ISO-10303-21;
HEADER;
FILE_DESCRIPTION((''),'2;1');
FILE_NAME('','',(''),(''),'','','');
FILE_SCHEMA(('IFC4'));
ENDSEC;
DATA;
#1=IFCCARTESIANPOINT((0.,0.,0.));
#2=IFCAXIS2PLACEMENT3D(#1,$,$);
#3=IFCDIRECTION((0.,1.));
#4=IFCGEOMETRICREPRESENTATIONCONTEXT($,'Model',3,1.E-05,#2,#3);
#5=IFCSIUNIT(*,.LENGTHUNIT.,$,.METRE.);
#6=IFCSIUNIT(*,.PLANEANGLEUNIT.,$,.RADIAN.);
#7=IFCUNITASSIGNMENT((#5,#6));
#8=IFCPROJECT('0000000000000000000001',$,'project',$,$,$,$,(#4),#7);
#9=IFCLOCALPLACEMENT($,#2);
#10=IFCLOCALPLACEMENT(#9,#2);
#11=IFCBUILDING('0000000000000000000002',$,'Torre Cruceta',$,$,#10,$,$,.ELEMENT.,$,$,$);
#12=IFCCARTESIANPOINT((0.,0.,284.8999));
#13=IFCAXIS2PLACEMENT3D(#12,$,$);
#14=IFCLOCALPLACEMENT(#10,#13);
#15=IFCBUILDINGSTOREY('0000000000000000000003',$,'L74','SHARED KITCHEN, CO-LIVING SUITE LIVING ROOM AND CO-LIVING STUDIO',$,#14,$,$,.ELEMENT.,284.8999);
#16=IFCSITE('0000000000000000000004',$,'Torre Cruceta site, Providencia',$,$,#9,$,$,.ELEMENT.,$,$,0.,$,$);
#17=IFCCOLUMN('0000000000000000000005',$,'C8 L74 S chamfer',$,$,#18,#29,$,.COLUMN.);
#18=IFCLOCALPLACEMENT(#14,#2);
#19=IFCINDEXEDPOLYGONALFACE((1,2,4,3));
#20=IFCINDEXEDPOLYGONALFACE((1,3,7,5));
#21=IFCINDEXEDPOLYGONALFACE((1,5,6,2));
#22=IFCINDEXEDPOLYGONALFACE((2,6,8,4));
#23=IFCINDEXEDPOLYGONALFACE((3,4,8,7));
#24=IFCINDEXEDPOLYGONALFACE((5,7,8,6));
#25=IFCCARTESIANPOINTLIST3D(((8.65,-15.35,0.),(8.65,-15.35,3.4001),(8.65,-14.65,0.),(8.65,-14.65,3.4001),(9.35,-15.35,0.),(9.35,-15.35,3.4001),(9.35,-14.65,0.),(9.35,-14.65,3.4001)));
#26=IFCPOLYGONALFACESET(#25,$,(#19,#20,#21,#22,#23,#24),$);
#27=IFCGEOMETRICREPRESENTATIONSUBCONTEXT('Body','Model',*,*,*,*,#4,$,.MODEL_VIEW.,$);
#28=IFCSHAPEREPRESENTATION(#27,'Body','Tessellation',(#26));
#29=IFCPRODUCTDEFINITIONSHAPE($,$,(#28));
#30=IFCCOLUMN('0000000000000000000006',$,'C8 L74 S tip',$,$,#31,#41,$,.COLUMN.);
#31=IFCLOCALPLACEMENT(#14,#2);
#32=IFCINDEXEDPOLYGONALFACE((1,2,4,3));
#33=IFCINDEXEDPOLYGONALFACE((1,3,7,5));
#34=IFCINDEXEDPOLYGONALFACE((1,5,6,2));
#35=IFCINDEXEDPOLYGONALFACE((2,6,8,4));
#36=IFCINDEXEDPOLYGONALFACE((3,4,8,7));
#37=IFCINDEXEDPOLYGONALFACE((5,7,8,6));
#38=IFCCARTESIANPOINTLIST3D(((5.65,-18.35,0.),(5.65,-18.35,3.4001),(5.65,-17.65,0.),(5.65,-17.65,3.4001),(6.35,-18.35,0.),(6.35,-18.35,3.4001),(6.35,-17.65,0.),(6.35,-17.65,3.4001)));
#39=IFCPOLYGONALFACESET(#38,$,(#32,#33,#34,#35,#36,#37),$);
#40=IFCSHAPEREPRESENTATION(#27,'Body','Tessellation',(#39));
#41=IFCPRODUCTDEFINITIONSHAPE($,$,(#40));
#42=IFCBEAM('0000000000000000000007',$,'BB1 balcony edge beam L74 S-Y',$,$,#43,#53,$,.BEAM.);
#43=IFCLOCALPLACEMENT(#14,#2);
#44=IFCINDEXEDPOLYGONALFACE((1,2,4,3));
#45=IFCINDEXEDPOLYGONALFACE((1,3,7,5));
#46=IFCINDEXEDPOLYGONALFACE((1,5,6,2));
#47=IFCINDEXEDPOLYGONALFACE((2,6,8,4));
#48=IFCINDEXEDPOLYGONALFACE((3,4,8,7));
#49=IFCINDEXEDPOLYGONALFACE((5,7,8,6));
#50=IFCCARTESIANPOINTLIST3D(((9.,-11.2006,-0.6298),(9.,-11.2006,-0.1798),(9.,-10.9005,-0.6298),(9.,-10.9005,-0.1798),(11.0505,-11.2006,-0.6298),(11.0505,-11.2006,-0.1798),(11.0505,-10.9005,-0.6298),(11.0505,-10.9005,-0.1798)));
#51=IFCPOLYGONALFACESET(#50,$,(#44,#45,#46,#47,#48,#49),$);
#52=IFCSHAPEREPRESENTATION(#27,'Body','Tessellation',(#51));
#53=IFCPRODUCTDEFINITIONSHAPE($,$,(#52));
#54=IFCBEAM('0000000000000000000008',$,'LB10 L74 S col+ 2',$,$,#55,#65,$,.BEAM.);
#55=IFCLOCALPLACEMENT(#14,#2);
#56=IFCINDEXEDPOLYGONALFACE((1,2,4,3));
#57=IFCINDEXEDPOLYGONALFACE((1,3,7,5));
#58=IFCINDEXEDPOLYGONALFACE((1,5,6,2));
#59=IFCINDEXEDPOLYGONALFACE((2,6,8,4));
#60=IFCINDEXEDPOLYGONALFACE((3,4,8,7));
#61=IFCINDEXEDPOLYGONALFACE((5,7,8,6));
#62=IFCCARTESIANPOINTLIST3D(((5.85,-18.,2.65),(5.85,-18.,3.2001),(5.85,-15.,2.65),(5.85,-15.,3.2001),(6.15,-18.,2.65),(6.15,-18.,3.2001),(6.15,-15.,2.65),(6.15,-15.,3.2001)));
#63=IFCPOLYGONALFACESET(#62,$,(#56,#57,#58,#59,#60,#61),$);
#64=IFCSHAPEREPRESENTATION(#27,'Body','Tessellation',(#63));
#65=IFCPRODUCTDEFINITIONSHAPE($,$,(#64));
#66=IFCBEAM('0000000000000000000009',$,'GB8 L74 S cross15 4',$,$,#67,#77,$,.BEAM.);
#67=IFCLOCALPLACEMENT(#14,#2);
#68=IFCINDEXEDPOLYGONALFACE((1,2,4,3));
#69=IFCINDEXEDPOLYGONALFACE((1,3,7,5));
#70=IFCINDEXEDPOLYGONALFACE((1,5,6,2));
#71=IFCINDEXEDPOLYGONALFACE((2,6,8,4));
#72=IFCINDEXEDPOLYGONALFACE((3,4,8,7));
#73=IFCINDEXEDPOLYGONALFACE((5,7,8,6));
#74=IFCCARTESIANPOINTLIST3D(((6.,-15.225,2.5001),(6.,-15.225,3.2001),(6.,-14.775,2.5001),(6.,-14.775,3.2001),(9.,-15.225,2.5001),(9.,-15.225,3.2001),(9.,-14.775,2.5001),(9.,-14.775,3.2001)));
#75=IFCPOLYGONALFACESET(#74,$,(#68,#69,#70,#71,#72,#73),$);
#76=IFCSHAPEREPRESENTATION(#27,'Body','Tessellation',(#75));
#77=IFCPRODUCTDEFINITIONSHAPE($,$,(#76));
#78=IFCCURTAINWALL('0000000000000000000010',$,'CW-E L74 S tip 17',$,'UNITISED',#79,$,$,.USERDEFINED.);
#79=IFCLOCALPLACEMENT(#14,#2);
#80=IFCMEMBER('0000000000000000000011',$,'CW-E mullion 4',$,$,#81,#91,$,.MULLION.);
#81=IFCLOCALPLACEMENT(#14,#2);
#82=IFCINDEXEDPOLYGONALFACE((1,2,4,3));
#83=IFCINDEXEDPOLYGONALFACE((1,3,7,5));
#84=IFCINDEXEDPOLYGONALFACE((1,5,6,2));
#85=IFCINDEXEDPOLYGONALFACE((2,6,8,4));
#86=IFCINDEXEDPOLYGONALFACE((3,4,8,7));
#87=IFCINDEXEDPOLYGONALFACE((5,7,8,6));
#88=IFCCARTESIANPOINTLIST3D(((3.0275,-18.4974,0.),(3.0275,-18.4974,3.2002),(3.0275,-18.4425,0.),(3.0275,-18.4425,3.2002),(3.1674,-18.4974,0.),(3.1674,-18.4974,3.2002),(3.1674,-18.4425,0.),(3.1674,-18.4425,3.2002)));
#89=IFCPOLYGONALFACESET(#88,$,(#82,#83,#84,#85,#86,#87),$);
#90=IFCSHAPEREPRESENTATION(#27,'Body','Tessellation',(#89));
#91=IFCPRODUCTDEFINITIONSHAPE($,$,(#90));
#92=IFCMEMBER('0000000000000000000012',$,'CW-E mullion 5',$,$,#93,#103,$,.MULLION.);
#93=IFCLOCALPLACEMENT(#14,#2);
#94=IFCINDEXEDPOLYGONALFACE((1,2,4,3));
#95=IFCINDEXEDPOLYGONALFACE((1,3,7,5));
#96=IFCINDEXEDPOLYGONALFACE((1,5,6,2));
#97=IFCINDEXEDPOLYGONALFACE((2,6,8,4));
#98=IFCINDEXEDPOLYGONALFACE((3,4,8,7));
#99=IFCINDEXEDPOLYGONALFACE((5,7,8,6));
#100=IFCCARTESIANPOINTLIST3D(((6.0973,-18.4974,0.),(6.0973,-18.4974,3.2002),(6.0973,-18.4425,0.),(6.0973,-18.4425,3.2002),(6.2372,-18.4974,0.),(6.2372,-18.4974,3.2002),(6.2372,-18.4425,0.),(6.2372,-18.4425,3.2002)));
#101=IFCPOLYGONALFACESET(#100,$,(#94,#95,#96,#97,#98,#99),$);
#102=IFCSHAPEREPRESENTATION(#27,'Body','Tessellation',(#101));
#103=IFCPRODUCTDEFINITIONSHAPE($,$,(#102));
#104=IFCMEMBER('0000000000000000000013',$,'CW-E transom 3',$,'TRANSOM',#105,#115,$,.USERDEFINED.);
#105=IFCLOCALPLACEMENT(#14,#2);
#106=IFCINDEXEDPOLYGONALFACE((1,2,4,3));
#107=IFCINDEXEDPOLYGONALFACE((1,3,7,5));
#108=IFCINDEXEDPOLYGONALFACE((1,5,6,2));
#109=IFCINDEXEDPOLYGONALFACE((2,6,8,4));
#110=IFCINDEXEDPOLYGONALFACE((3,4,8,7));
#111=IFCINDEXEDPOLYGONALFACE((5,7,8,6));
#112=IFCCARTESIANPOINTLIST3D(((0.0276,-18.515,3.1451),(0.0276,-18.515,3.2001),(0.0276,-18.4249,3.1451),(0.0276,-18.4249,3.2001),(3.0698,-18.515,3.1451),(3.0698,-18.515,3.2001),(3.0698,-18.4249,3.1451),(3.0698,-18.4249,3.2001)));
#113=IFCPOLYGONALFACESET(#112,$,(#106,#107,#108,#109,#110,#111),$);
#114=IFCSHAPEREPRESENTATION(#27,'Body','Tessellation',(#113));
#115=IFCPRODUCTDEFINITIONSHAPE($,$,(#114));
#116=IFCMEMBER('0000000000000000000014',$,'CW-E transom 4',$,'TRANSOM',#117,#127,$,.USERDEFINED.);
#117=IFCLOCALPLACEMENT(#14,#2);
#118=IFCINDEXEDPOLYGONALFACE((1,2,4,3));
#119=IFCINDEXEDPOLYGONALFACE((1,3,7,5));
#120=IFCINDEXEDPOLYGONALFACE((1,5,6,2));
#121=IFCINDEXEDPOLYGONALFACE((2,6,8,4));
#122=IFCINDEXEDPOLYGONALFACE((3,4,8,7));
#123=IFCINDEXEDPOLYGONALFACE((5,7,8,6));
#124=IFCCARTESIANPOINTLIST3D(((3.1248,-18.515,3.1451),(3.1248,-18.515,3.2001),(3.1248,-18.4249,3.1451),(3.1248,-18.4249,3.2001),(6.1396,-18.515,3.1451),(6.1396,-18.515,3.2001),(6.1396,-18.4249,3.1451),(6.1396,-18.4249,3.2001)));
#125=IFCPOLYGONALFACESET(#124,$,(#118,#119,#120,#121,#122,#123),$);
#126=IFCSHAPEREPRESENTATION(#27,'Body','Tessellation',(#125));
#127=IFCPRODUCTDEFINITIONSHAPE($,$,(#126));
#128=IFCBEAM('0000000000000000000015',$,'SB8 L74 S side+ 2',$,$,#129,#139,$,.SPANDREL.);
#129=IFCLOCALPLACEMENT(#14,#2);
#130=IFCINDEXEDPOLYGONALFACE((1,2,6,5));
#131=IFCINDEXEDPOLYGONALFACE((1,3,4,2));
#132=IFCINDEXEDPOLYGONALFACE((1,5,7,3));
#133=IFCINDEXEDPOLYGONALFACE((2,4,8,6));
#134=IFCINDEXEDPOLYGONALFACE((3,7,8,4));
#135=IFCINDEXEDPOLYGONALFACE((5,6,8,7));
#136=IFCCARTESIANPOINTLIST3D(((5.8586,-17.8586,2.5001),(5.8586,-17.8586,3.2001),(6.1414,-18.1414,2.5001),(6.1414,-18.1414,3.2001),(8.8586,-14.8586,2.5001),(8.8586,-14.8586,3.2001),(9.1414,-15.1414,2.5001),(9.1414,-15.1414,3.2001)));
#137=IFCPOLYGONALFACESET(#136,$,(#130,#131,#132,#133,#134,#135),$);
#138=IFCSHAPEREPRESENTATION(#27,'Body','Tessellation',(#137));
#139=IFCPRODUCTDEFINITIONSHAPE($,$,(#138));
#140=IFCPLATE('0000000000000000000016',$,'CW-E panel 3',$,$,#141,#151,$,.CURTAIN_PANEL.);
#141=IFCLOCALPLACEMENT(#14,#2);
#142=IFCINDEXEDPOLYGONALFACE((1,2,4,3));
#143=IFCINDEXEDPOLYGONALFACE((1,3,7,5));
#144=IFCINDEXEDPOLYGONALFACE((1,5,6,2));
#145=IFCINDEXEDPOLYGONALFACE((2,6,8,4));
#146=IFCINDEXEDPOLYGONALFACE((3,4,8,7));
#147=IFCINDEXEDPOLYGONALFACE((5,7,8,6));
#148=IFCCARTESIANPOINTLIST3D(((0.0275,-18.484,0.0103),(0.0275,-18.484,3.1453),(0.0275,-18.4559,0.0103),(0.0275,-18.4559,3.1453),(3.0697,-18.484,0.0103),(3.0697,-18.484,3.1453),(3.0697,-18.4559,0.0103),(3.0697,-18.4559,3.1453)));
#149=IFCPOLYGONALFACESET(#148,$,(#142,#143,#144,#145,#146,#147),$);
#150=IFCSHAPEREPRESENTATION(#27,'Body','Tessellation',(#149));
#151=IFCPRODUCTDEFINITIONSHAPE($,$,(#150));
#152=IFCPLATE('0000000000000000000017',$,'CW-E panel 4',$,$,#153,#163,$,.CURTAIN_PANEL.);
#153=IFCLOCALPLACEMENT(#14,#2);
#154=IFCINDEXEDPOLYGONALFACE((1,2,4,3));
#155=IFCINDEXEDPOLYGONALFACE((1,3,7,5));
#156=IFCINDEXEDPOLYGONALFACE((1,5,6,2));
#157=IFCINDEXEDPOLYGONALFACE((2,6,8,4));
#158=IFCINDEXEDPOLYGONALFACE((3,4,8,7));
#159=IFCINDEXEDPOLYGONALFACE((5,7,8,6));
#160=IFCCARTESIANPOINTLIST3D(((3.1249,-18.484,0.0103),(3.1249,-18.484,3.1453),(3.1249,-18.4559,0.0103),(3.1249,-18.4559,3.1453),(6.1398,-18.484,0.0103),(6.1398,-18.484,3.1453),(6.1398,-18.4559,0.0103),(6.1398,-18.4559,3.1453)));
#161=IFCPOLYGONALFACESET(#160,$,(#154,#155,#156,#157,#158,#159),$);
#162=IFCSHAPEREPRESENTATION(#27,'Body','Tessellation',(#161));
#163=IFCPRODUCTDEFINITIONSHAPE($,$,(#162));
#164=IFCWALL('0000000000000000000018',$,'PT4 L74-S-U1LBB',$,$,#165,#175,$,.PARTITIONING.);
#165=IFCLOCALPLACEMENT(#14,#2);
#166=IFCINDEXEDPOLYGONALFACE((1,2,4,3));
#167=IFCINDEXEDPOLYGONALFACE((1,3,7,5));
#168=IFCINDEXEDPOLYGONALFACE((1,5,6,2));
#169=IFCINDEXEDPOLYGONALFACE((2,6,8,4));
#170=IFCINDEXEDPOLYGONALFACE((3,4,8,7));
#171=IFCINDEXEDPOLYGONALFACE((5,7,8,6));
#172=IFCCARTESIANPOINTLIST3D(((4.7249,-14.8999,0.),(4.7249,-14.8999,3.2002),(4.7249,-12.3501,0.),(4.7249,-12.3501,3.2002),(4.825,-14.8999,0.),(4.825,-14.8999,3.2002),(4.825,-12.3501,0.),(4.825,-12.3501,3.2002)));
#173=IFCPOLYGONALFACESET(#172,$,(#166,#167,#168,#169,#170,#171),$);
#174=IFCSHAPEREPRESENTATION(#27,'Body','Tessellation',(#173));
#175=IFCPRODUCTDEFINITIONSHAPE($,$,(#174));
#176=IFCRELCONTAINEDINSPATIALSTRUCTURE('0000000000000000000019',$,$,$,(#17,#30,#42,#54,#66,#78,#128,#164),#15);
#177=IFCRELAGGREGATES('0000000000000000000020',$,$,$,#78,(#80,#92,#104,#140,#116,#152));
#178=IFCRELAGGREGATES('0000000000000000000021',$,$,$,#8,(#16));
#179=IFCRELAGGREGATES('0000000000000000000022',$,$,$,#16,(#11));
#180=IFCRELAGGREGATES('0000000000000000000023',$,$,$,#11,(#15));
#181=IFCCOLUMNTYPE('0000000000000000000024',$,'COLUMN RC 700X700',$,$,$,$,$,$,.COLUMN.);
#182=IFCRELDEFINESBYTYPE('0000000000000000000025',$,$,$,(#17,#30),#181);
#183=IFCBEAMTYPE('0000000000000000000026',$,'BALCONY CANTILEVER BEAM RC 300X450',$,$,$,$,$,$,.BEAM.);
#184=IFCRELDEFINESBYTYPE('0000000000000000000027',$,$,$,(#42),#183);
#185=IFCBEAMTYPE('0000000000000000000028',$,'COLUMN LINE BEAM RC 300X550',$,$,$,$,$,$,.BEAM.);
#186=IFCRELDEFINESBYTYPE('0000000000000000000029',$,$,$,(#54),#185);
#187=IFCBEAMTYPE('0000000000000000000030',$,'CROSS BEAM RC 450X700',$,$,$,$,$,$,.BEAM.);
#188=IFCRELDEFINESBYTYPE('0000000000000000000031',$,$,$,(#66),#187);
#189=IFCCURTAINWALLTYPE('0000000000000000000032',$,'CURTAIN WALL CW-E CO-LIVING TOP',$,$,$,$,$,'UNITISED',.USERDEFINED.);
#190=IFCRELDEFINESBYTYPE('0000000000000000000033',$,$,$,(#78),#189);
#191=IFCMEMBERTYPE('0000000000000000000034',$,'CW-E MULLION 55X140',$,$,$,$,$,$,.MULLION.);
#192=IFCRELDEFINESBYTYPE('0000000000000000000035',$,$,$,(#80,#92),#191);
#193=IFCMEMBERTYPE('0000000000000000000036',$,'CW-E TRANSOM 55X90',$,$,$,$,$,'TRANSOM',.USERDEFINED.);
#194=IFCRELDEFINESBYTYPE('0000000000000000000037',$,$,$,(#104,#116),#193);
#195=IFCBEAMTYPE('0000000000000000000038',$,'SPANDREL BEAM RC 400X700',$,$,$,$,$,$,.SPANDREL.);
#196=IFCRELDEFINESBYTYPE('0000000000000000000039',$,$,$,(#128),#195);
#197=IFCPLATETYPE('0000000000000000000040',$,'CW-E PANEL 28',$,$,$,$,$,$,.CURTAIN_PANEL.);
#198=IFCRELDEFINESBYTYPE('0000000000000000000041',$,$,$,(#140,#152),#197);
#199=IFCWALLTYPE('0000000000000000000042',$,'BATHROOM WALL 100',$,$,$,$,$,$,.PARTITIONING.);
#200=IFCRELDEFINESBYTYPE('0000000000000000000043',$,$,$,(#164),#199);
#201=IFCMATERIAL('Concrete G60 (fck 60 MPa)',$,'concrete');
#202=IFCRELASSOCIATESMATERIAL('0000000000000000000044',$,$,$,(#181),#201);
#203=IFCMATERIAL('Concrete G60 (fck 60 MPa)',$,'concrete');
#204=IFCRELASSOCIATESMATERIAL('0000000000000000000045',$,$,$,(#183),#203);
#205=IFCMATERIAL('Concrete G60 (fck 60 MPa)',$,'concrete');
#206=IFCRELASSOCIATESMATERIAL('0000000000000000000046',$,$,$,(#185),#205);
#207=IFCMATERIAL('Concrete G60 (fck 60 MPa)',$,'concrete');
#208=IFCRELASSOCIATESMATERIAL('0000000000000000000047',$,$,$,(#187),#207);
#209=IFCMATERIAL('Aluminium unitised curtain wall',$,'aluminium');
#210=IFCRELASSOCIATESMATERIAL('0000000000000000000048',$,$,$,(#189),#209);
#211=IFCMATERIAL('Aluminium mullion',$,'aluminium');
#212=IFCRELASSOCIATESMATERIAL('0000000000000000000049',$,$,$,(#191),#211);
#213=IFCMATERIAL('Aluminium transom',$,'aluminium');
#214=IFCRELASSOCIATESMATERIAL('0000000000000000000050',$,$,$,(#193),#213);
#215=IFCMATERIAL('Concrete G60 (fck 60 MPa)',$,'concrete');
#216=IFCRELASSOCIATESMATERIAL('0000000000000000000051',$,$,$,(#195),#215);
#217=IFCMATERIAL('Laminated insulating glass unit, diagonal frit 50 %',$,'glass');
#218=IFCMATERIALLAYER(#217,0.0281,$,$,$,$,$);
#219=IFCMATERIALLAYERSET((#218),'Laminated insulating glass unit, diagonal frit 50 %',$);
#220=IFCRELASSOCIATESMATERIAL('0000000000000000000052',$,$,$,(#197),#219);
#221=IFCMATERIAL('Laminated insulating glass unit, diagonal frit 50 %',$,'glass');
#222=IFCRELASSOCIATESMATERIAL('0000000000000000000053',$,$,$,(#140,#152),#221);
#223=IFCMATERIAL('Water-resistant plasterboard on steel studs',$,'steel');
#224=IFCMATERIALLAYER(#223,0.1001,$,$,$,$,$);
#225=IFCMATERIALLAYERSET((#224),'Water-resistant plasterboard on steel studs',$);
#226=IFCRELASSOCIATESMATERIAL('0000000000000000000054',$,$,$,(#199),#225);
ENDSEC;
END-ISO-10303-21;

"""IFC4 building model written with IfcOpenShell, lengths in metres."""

from ifc_helpers import new_model, si_unit, direction, frame, frame_2d, origin, origin_2d, place, context, subcontext, project, spatial, rectangle, extrude, material, layer, layer_set, material_profile, profile_set, type_object, element, aggregate, save


model = new_model("IFC4")

# Units and contexts
model_context = context("Model", 3, precision=1e-05, world=origin(), true_north=direction((0.0, 1.0)))
body_context = subcontext(model_context, "Body", "Model", "MODEL_VIEW")
ifc_project = project(units=[si_unit("LENGTHUNIT", "METRE"), si_unit("PLANEANGLEUNIT", "RADIAN")], contexts=[model_context])

# Site, building, storey
site_placement = place(None, origin())
site = spatial("IfcSite", under=ifc_project, at=site_placement, Name="Torre Cruceta site, Providencia", CompositionType="ELEMENT", RefElevation=0.0)
building_placement = place(site_placement, origin())
building = spatial("IfcBuilding", under=site, at=building_placement, Name="Torre Cruceta", CompositionType="ELEMENT")
storey_placement = place(building_placement, frame((0.0, 0.0, 284.8999)))
storey = spatial("IfcBuildingStorey", under=building, at=storey_placement, Name="L74", Description="SHARED KITCHEN, CO-LIVING SUITE LIVING ROOM AND CO-LIVING STUDIO", CompositionType="ELEMENT", Elevation=284.8999)

# Columns
ifc_material_1 = material(Name="Concrete G60 (fck 60 MPa)", Category="concrete")
ifc_material_profile_1 = material_profile(ifc_material_1, rectangle(XDim=0.7, YDim=0.7, at=origin_2d()), Name="RC 700X700")
ifc_profile_set_1 = profile_set([ifc_material_profile_1], Name="Concrete G60 (fck 60 MPa)")
column_type = type_object("IfcColumnType", Name="COLUMN RC 700X700", PredefinedType="COLUMN", material=ifc_profile_set_1)
for number, where, z_axis, x_axis, name in (
    (1, (9.0, -15.0, 0.0), (0.0, 0.0, 1.0), (1.0, 0.0, 0.0), "C8 L74 S chamfer"),
    (2, (6.0, -18.0, 0.0), (0.0, 0.0, 1.0), (1.0, 0.0, 0.0), "C8 L74 S tip"),
):
    element("IfcColumn", number, at=place(storey_placement, frame(where, z_axis=z_axis, x_axis=x_axis)), inside=storey, type_object=column_type, Name=name, PredefinedType="COLUMN", context=body_context, shape_type="SweptSolid", body=[
        extrude(rectangle(XDim=0.7, YDim=0.7, at=origin_2d()), origin(), (0.0, 0.0, 1.0), 3.4001),
    ])

# Beams
ifc_material_2 = material(Name="Concrete G60 (fck 60 MPa)", Category="concrete")
ifc_material_profile_2 = material_profile(ifc_material_2, rectangle(XDim=0.3, YDim=0.45, at=origin_2d()), Name="RC 300X450")
ifc_profile_set_2 = profile_set([ifc_material_profile_2], Name="Concrete G60 (fck 60 MPa)")
beam_type_1 = type_object("IfcBeamType", Name="BALCONY CANTILEVER BEAM RC 300X450", PredefinedType="BEAM", material=ifc_profile_set_2)
beam_1_placement = place(storey_placement, frame((9.0, -11.0505, -0.4048), z_axis=(1.0, 0.0, 0.0), x_axis=(0.0, 1.0, 0.0)))
element("IfcBeam", 3, at=beam_1_placement, inside=storey, type_object=beam_type_1, Name="BB1 balcony edge beam L74 S-Y", PredefinedType="BEAM", context=body_context, shape_type="SweptSolid", body=[
    extrude(rectangle(XDim=0.3, YDim=0.45, at=origin_2d()), origin(), (0.0, 0.0, 1.0), 2.0505),
])
ifc_material_3 = material(Name="Concrete G60 (fck 60 MPa)", Category="concrete")
ifc_material_profile_3 = material_profile(ifc_material_3, rectangle(XDim=0.3, YDim=0.55, at=origin_2d()), Name="RC 300X550")
ifc_profile_set_3 = profile_set([ifc_material_profile_3], Name="Concrete G60 (fck 60 MPa)")
beam_type_2 = type_object("IfcBeamType", Name="COLUMN LINE BEAM RC 300X550", PredefinedType="BEAM", material=ifc_profile_set_3)
beam_2_placement = place(storey_placement, frame((6.0, -15.0, 2.925), z_axis=(0.0, -1.0, 0.0), x_axis=(1.0, 0.0, 0.0)))
element("IfcBeam", 4, at=beam_2_placement, inside=storey, type_object=beam_type_2, Name="LB10 L74 S col+ 2", PredefinedType="BEAM", context=body_context, shape_type="SweptSolid", body=[
    extrude(rectangle(XDim=0.3, YDim=0.55, at=origin_2d()), origin(), (0.0, 0.0, 1.0), 3.0),
])
ifc_material_4 = material(Name="Concrete G60 (fck 60 MPa)", Category="concrete")
ifc_material_profile_4 = material_profile(ifc_material_4, rectangle(XDim=0.45, YDim=0.7, at=origin_2d()), Name="RC 450X700")
ifc_profile_set_4 = profile_set([ifc_material_profile_4], Name="Concrete G60 (fck 60 MPa)")
beam_type_3 = type_object("IfcBeamType", Name="CROSS BEAM RC 450X700", PredefinedType="BEAM", material=ifc_profile_set_4)
beam_3_placement = place(storey_placement, frame((6.0, -15.0, 2.8501), z_axis=(1.0, 0.0, 0.0), x_axis=(0.0, 1.0, 0.0)))
element("IfcBeam", 5, at=beam_3_placement, inside=storey, type_object=beam_type_3, Name="GB8 L74 S cross15 4", PredefinedType="BEAM", context=body_context, shape_type="SweptSolid", body=[
    extrude(rectangle(XDim=0.45, YDim=0.7, at=origin_2d()), origin(), (0.0, 0.0, 1.0), 3.0),
])

# Curtain wall, members
ifc_material_5 = material(Name="Aluminium unitised curtain wall", Category="aluminium")
curtain_wall_type = type_object("IfcCurtainWallType", Name="CURTAIN WALL CW-E CO-LIVING TOP", ElementType="UNITISED", PredefinedType="USERDEFINED", material=ifc_material_5)
curtain_wall_placement = place(storey_placement, origin())
curtain_wall = element("IfcCurtainWall", 6, at=curtain_wall_placement, inside=storey, type_object=curtain_wall_type, Name="CW-E L74 S tip 17", ObjectType="UNITISED", PredefinedType="USERDEFINED")
ifc_material_6 = material(Name="Aluminium mullion", Category="aluminium")
ifc_material_profile_5 = material_profile(ifc_material_6, rectangle(XDim=0.0549, YDim=0.1399, at=origin_2d()), Name="AL 55X140")
ifc_profile_set_5 = profile_set([ifc_material_profile_5], Name="Aluminium mullion")
member_type_1 = type_object("IfcMemberType", Name="CW-E MULLION 55X140", PredefinedType="MULLION", material=ifc_profile_set_5)
member_1_placement = place(storey_placement, frame((3.0974, -18.47, 0.0), z_axis=(0.0, 0.0, 1.0), x_axis=(0.0, 1.0, 0.0)))
member_1 = element("IfcMember", 7, at=member_1_placement, type_object=member_type_1, Name="CW-E mullion 4", PredefinedType="MULLION", context=body_context, shape_type="SweptSolid", body=[
    extrude(rectangle(XDim=0.0549, YDim=0.1399, at=origin_2d()), origin(), (0.0, 0.0, 1.0), 3.2002),
])
member_2_placement = place(storey_placement, frame((6.1672, -18.47, 0.0), z_axis=(0.0, 0.0, 1.0), x_axis=(0.0, 1.0, 0.0)))
member_2 = element("IfcMember", 8, at=member_2_placement, type_object=member_type_1, Name="CW-E mullion 5", PredefinedType="MULLION", context=body_context, shape_type="SweptSolid", body=[
    extrude(rectangle(XDim=0.0549, YDim=0.1399, at=origin_2d()), origin(), (0.0, 0.0, 1.0), 3.2002),
])
ifc_material_7 = material(Name="Aluminium transom", Category="aluminium")
ifc_material_profile_6 = material_profile(ifc_material_7, rectangle(XDim=0.0901, YDim=0.0549, at=origin_2d()), Name="AL 90X55")
ifc_profile_set_6 = profile_set([ifc_material_profile_6], Name="Aluminium transom")
member_type_2 = type_object("IfcMemberType", Name="CW-E TRANSOM 55X90", ElementType="TRANSOM", PredefinedType="USERDEFINED", material=ifc_profile_set_6)
member_3_placement = place(storey_placement, frame((0.0276, -18.47, 3.1726), z_axis=(1.0, 0.0, 0.0), x_axis=(0.0, 1.0, 0.0)))
member_3 = element("IfcMember", 9, at=member_3_placement, type_object=member_type_2, Name="CW-E transom 3", ObjectType="TRANSOM", PredefinedType="USERDEFINED", context=body_context, shape_type="SweptSolid", body=[
    extrude(rectangle(XDim=0.0901, YDim=0.0549, at=origin_2d()), origin(), (0.0, 0.0, 1.0), 3.0422),
])
member_4_placement = place(storey_placement, frame((3.1248, -18.47, 3.1726), z_axis=(1.0, 0.0, 0.0), x_axis=(0.0, 1.0, 0.0)))
member_4 = element("IfcMember", 10, at=member_4_placement, type_object=member_type_2, Name="CW-E transom 4", ObjectType="TRANSOM", PredefinedType="USERDEFINED", context=body_context, shape_type="SweptSolid", body=[
    extrude(rectangle(XDim=0.0901, YDim=0.0549, at=origin_2d()), origin(), (0.0, 0.0, 1.0), 3.0149),
])

# Beam
ifc_material_8 = material(Name="Concrete G60 (fck 60 MPa)", Category="concrete")
ifc_material_profile_7 = material_profile(ifc_material_8, rectangle(XDim=0.3999, YDim=0.7, at=origin_2d()), Name="RC 400X700")
ifc_profile_set_7 = profile_set([ifc_material_profile_7], Name="Concrete G60 (fck 60 MPa)")
beam_type_4 = type_object("IfcBeamType", Name="SPANDREL BEAM RC 400X700", PredefinedType="SPANDREL", material=ifc_profile_set_7)
beam_4_placement = place(storey_placement, frame((9.0, -15.0, 2.8501), z_axis=(-0.707107, -0.707107, 0.0), x_axis=(0.707107, -0.707107, 0.0)))
element("IfcBeam", 11, at=beam_4_placement, inside=storey, type_object=beam_type_4, Name="SB8 L74 S side+ 2", PredefinedType="SPANDREL", context=body_context, shape_type="SweptSolid", body=[
    extrude(rectangle(XDim=0.3999, YDim=0.7, at=origin_2d()), origin(), (0.0, 0.0, 1.0), 4.2427),
])

# Plates
ifc_material_9 = material(Name="Laminated insulating glass unit, diagonal frit 50 %", Category="glass")
ifc_material_10 = material(Name="Laminated insulating glass unit, diagonal frit 50 %", Category="glass")
ifc_layer_1 = layer(ifc_material_10, 0.0281)
ifc_layer_set_1 = layer_set([ifc_layer_1], Name="Laminated insulating glass unit, diagonal frit 50 %")
plate_type = type_object("IfcPlateType", Name="CW-E PANEL 28", PredefinedType="CURTAIN_PANEL", material=ifc_layer_set_1)
plate_1_placement = place(storey_placement, frame((1.5486, -18.47, 0.0103), z_axis=(0.0, 0.0, 1.0), x_axis=(1.0, 0.0, 0.0)))
plate_1 = element("IfcPlate", 12, at=plate_1_placement, type_object=plate_type, material=ifc_material_9, Name="CW-E panel 3", PredefinedType="CURTAIN_PANEL", context=body_context, shape_type="SweptSolid", body=[
    extrude(rectangle(XDim=3.0422, YDim=0.0281, at=origin_2d()), origin(), (0.0, 0.0, 1.0), 3.135),
])
plate_2_placement = place(storey_placement, frame((4.6323, -18.47, 0.0103), z_axis=(0.0, 0.0, 1.0), x_axis=(1.0, 0.0, 0.0)))
plate_2 = element("IfcPlate", 13, at=plate_2_placement, type_object=plate_type, material=ifc_material_9, Name="CW-E panel 4", PredefinedType="CURTAIN_PANEL", context=body_context, shape_type="SweptSolid", body=[
    extrude(rectangle(XDim=3.0149, YDim=0.0281, at=origin_2d()), origin(), (0.0, 0.0, 1.0), 3.135),
])
aggregate(curtain_wall, [member_1, member_2, member_3, plate_1, member_4, plate_2])

# Wall
ifc_material_11 = material(Name="Water-resistant plasterboard on steel studs", Category="steel")
ifc_layer_2 = layer(ifc_material_11, 0.1001)
ifc_layer_set_2 = layer_set([ifc_layer_2], Name="Water-resistant plasterboard on steel studs")
wall_type_1 = type_object("IfcWallType", Name="BATHROOM WALL 100", PredefinedType="PARTITIONING", material=ifc_layer_set_2)
wall_1_placement = place(storey_placement, frame((4.7749, -12.3501, 0.0), z_axis=(0.0, 0.0, 1.0), x_axis=(0.0, -1.0, 0.0)))
element("IfcWall", 14, at=wall_1_placement, inside=storey, type_object=wall_type_1, Name="PT4 L74-S-U1LBB", PredefinedType="PARTITIONING", context=body_context, shape_type="SweptSolid", body=[
    extrude(rectangle(XDim=2.5498, YDim=0.1001, at=frame_2d((1.2749, 0.0))), origin(), (0.0, 0.0, 1.0), 3.2002),
])

save(model, "model.ifc")
